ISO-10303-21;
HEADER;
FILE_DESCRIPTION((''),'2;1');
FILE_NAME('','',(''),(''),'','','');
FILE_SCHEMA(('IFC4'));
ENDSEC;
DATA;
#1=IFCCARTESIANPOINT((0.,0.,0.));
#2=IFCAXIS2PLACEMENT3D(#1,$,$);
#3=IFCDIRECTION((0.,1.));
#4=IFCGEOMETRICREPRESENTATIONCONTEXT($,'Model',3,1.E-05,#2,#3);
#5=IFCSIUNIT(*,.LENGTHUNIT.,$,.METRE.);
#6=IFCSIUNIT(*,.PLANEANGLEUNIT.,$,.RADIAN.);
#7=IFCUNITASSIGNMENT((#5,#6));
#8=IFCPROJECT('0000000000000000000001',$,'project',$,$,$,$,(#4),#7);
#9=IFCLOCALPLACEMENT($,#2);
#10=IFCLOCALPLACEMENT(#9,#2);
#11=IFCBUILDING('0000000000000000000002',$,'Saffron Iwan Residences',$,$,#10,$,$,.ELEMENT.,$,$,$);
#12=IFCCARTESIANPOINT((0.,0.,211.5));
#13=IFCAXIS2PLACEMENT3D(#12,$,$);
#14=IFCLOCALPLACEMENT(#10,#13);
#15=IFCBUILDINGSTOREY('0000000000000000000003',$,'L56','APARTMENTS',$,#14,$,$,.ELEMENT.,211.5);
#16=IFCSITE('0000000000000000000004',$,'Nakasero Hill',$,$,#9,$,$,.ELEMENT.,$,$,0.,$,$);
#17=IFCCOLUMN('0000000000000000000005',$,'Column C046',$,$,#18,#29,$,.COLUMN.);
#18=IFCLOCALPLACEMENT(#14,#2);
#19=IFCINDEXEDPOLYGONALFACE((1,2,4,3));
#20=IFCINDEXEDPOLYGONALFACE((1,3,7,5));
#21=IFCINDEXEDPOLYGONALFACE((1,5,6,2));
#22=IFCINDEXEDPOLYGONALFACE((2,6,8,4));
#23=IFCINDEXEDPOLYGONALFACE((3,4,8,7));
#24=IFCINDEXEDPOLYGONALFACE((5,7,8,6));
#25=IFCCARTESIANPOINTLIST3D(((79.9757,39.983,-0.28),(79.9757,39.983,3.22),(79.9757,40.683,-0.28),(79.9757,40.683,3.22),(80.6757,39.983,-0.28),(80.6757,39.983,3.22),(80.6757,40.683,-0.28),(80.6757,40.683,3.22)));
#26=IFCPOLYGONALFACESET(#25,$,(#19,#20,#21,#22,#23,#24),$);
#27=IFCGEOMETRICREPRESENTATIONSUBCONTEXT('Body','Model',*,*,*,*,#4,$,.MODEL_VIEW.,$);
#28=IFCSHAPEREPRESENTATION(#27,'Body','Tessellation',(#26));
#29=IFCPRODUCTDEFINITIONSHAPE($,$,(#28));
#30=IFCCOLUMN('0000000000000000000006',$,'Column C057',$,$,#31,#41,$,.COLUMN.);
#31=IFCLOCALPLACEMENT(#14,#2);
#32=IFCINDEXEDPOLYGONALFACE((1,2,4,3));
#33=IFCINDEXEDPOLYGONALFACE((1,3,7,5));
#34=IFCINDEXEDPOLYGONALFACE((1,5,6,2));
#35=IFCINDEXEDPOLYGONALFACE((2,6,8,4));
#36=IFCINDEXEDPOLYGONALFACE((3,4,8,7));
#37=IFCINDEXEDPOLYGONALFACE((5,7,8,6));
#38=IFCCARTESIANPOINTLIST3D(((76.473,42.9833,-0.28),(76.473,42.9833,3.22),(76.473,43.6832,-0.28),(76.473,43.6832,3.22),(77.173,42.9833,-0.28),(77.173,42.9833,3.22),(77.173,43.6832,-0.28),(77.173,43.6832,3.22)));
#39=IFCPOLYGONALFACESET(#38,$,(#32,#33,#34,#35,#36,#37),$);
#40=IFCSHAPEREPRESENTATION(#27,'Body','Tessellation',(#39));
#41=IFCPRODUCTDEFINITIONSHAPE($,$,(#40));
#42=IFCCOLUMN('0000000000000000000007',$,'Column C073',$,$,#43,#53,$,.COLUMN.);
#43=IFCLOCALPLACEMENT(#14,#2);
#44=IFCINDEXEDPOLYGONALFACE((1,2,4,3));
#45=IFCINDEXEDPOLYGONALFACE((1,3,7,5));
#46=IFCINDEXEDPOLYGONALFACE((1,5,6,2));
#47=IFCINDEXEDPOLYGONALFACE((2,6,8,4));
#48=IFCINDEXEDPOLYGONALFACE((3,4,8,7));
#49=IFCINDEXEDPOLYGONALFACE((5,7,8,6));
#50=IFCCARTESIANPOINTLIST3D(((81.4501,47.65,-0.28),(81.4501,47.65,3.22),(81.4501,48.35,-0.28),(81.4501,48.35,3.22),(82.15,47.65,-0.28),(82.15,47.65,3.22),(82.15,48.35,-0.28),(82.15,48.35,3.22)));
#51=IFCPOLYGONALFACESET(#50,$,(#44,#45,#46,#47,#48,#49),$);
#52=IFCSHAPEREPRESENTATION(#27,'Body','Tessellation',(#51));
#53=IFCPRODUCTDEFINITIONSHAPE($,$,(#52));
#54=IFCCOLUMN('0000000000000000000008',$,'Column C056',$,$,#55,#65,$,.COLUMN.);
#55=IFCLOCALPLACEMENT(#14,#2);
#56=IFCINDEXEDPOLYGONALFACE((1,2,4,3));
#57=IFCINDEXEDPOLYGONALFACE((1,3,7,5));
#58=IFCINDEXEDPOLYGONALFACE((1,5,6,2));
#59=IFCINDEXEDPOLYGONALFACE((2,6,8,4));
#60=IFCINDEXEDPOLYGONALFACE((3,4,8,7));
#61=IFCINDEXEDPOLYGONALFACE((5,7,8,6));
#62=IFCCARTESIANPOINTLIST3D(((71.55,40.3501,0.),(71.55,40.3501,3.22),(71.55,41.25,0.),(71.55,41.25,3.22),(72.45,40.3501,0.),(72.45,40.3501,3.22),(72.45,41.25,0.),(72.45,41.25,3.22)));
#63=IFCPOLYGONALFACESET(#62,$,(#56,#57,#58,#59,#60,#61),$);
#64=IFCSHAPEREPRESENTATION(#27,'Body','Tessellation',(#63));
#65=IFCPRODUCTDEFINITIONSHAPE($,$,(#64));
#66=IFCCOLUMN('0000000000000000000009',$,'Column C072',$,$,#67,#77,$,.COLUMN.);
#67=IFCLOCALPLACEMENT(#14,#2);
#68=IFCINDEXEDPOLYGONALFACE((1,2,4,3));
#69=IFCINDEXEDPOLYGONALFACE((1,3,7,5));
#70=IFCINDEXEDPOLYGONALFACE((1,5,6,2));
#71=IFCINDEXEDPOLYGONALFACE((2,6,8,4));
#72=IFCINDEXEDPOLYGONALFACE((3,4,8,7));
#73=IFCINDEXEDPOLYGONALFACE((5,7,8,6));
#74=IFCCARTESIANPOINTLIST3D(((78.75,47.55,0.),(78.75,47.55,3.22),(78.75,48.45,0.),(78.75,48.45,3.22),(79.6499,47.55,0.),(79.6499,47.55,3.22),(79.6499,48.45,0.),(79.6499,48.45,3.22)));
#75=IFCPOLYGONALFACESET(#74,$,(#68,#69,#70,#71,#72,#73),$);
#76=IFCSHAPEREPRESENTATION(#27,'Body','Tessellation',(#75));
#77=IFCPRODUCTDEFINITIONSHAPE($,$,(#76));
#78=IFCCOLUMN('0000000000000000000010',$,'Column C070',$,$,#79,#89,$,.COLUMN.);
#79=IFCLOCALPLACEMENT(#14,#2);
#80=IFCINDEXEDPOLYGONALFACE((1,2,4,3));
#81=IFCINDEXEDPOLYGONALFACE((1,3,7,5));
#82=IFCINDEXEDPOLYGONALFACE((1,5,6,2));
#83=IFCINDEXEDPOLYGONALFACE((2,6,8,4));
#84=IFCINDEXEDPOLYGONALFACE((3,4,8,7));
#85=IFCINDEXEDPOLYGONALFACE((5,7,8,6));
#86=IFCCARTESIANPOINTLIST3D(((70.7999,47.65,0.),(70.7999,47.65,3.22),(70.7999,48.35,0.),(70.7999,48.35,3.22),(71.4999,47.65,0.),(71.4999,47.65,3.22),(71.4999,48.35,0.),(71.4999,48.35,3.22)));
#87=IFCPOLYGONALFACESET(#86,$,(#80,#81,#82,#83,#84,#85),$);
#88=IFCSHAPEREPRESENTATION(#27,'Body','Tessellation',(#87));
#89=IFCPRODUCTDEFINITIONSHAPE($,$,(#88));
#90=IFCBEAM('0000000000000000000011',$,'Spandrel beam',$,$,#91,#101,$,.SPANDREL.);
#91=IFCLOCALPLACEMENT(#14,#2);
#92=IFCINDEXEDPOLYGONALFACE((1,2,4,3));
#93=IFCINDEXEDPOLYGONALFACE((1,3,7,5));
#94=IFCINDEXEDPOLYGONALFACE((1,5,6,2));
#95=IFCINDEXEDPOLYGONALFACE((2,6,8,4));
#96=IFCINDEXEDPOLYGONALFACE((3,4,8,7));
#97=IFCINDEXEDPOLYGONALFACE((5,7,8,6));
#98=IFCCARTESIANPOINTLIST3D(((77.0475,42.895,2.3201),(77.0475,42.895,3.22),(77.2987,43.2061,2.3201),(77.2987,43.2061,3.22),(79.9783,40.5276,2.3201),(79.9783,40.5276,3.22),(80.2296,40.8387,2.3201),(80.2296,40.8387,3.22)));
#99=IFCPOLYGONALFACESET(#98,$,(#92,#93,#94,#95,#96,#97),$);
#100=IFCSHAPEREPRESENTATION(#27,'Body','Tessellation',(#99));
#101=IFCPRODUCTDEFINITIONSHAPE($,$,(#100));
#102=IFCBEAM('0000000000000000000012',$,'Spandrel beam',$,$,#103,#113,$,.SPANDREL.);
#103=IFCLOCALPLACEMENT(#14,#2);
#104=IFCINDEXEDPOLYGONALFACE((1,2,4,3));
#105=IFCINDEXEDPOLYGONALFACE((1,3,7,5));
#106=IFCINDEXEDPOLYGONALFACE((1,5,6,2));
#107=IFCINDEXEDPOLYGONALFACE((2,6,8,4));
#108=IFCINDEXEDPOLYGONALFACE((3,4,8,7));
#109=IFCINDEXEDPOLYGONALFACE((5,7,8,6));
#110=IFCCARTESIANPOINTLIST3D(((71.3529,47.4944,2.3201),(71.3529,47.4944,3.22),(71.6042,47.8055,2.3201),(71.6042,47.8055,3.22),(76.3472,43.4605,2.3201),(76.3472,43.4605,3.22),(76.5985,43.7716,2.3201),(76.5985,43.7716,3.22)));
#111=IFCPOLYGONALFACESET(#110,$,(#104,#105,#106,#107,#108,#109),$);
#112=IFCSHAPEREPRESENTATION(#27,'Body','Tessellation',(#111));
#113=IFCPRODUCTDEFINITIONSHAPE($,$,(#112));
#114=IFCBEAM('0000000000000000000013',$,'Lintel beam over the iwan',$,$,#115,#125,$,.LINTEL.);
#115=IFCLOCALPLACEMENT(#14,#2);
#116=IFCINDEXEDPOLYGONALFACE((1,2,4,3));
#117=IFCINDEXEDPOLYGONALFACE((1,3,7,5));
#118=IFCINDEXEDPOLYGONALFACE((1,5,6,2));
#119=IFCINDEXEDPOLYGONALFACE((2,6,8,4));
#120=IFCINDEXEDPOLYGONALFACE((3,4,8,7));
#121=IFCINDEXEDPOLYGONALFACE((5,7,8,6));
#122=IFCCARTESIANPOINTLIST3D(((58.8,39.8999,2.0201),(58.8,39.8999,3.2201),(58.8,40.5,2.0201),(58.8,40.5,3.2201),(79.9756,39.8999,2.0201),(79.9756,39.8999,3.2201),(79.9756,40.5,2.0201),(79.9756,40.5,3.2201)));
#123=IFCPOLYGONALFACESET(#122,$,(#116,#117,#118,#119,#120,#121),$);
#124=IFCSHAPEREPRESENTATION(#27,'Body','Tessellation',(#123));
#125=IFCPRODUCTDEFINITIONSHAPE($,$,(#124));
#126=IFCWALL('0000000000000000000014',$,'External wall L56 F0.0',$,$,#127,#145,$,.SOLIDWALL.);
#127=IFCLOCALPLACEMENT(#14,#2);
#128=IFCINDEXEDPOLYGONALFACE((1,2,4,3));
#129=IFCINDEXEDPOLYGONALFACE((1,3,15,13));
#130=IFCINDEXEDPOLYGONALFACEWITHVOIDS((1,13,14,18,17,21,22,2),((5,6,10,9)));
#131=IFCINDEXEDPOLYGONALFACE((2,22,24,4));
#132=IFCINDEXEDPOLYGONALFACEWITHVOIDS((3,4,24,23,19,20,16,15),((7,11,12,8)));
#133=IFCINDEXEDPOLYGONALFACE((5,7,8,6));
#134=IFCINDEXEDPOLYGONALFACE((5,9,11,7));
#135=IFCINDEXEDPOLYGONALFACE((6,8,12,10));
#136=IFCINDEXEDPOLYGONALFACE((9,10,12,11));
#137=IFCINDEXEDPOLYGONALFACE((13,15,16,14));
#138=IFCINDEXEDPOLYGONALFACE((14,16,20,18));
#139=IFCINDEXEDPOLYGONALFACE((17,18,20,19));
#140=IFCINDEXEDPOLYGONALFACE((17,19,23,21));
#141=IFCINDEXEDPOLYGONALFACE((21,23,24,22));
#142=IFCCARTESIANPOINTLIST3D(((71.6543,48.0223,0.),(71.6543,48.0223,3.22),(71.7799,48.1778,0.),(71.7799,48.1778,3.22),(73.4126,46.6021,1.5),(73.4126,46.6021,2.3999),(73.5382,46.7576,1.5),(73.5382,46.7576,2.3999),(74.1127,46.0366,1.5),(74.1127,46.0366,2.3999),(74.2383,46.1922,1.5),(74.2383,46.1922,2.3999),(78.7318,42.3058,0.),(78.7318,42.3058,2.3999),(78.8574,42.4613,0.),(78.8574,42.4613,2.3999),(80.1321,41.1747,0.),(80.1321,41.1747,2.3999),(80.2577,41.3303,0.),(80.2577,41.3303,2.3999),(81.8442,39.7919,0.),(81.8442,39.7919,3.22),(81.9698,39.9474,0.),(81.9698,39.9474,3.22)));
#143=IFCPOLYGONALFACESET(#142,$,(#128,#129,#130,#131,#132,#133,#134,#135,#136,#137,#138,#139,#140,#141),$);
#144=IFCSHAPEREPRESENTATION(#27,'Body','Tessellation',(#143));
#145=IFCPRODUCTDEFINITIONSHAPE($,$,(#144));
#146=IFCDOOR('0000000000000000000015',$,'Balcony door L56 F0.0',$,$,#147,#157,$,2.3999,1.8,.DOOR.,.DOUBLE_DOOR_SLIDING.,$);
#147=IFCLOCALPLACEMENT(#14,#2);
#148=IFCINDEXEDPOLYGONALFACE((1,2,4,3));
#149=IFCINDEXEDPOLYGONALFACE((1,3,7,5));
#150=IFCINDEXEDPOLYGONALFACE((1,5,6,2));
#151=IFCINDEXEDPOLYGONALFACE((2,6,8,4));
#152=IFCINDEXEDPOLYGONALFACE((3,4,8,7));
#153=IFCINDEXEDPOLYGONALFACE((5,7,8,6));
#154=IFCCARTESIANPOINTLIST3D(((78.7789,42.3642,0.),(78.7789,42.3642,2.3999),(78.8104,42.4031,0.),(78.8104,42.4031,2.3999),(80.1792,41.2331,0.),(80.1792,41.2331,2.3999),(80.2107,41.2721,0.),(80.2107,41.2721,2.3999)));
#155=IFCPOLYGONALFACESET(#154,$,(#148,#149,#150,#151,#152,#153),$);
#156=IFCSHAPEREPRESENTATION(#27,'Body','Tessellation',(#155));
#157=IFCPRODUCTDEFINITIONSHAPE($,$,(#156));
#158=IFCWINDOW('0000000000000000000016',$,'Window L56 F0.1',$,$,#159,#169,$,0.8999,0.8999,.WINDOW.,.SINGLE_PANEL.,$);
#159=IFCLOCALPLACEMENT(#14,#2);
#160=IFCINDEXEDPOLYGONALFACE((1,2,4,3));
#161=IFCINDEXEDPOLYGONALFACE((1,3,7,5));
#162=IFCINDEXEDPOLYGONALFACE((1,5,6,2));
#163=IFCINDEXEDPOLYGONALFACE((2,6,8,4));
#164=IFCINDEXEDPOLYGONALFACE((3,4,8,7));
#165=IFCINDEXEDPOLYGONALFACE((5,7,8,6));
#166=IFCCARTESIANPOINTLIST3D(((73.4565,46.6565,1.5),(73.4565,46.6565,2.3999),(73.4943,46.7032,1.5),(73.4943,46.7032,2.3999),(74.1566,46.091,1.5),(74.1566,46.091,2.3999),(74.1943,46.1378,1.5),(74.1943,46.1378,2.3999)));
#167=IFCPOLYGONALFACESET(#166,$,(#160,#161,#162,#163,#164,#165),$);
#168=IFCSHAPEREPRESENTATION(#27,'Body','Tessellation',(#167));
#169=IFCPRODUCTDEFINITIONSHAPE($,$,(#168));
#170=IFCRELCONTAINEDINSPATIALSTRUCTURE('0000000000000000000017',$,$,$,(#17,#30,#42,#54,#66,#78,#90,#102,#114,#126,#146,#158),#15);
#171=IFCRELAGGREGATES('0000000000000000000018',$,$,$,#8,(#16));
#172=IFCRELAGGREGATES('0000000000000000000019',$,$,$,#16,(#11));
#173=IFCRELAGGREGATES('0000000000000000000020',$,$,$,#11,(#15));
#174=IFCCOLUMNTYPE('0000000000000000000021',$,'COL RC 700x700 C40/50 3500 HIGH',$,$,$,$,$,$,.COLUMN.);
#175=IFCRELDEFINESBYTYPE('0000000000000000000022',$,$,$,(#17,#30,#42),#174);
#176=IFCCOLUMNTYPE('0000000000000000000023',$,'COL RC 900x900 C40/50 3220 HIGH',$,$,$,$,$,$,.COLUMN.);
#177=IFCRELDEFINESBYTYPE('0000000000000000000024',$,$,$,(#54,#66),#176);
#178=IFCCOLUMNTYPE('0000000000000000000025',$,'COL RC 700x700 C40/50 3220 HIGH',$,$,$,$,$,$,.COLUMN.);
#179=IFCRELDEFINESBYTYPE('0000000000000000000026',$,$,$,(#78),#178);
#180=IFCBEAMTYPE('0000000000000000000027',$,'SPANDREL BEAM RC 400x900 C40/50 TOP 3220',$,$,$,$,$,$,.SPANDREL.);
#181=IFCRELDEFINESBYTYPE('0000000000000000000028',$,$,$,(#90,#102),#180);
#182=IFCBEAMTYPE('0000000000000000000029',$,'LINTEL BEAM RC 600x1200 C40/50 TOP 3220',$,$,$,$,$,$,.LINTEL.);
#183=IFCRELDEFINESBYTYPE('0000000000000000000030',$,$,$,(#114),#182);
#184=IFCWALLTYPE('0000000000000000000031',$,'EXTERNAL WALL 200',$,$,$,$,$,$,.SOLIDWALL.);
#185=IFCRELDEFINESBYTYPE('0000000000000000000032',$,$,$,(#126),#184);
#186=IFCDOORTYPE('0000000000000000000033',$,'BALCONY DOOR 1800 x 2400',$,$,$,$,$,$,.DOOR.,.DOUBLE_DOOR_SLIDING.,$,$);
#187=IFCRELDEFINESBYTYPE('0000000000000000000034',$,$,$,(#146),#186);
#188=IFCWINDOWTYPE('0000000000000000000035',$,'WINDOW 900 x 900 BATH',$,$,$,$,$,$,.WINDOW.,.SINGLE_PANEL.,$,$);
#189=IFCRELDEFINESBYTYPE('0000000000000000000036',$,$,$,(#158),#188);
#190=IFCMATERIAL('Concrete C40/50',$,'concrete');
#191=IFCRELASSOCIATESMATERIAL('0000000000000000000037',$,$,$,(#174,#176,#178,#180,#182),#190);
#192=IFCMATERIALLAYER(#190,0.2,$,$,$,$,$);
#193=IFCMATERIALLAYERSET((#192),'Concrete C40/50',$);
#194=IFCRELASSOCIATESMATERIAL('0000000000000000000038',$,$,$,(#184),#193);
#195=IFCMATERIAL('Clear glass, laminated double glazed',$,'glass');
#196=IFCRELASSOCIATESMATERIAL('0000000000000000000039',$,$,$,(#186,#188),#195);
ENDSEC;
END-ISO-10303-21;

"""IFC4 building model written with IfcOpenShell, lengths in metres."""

from ifc_helpers import new_model, si_unit, direction, frame, frame_2d, origin, origin_2d, place, context, subcontext, project, spatial, rectangle, extrude, source, transform, mapped, material, layer, layer_set, material_profile, profile_set, type_object, element, fill, save


model = new_model("IFC4")

# Units and contexts
model_context = context("Model", 3, precision=1e-05, world=origin(), true_north=direction((0.0, 1.0)))
body_context = subcontext(model_context, "Body", "Model", "MODEL_VIEW")
ifc_project = project(units=[si_unit("LENGTHUNIT", "METRE"), si_unit("PLANEANGLEUNIT", "RADIAN")], contexts=[model_context])

# Site, building, storey
site_placement = place(None, origin())
site = spatial("IfcSite", under=ifc_project, at=site_placement, Name="Nakasero Hill", CompositionType="ELEMENT", RefElevation=0.0)
building_placement = place(site_placement, origin())
building = spatial("IfcBuilding", under=site, at=building_placement, Name="Saffron Iwan Residences", CompositionType="ELEMENT")
storey_placement = place(building_placement, frame((0.0, 0.0, 211.5)))
storey = spatial("IfcBuildingStorey", under=building, at=storey_placement, Name="L56", Description="APARTMENTS", CompositionType="ELEMENT", Elevation=211.5)

# Columns
ifc_material_1 = material(Name="Concrete C40/50", Category="concrete")
ifc_material_profile_1 = material_profile(ifc_material_1, rectangle(XDim=0.7, YDim=0.7, at=origin_2d()), Name="RC 700x700")
ifc_profile_set_1 = profile_set([ifc_material_profile_1], Name="Concrete C40/50")
column_type_1 = type_object("IfcColumnType", Name="COL RC 700x700 C40/50 3500 HIGH", PredefinedType="COLUMN", material=ifc_profile_set_1)
shared_shape_1 = source(origin(), body_context, "Body", "SweptSolid", [
    extrude(rectangle(XDim=0.7, YDim=0.7, at=origin_2d()), origin(), (0.0, 0.0, 1.0), 3.5),
])
for number, where, z_axis, x_axis, name in (
    (1, (80.3257, 40.333, -0.28), (0.0, 0.0, 1.0), (1.0, 0.0, 0.0), "Column C046"),
    (2, (76.823, 43.3333, -0.28), (0.0, 0.0, 1.0), (1.0, 0.0, 0.0), "Column C057"),
    (3, (81.8, 48.0, -0.28), (0.0, 0.0, 1.0), (1.0, 0.0, 0.0), "Column C073"),
):
    element("IfcColumn", number, at=place(storey_placement, frame(where, z_axis=z_axis, x_axis=x_axis)), inside=storey, type_object=column_type_1, Name=name, PredefinedType="COLUMN", context=body_context, shape_type="MappedRepresentation", body=[
        mapped(shared_shape_1, transform((0.0, 0.0, 0.0))),
    ])
ifc_material_profile_2 = material_profile(ifc_material_1, rectangle(XDim=0.8999, YDim=0.8999, at=origin_2d()), Name="RC 900x900")
ifc_profile_set_2 = profile_set([ifc_material_profile_2], Name="Concrete C40/50")
column_type_2 = type_object("IfcColumnType", Name="COL RC 900x900 C40/50 3220 HIGH", PredefinedType="COLUMN", material=ifc_profile_set_2)
shared_shape_2 = source(origin(), body_context, "Body", "SweptSolid", [
    extrude(rectangle(XDim=0.8999, YDim=0.8999, at=origin_2d()), origin(), (0.0, 0.0, 1.0), 3.22),
])
for number, where, z_axis, x_axis, name in (
    (4, (72.0, 40.8, 0.0), (0.0, 0.0, 1.0), (1.0, 0.0, 0.0), "Column C056"),
    (5, (79.2, 48.0, 0.0), (0.0, 0.0, 1.0), (1.0, 0.0, 0.0), "Column C072"),
):
    element("IfcColumn", number, at=place(storey_placement, frame(where, z_axis=z_axis, x_axis=x_axis)), inside=storey, type_object=column_type_2, Name=name, PredefinedType="COLUMN", context=body_context, shape_type="MappedRepresentation", body=[
        mapped(shared_shape_2, transform((0.0, 0.0, 0.0))),
    ])
ifc_material_profile_3 = material_profile(ifc_material_1, rectangle(XDim=0.7, YDim=0.7, at=origin_2d()), Name="RC 700x700")
ifc_profile_set_3 = profile_set([ifc_material_profile_3], Name="Concrete C40/50")
column_type_3 = type_object("IfcColumnType", Name="COL RC 700x700 C40/50 3220 HIGH", PredefinedType="COLUMN", material=ifc_profile_set_3)
shared_shape_3 = source(origin(), body_context, "Body", "SweptSolid", [
    extrude(rectangle(XDim=0.7, YDim=0.7, at=origin_2d()), origin(), (0.0, 0.0, 1.0), 3.22),
])
column_placement = place(storey_placement, frame((71.1499, 48.0, 0.0), z_axis=(0.0, 0.0, 1.0), x_axis=(1.0, 0.0, 0.0)))
element("IfcColumn", 6, at=column_placement, inside=storey, type_object=column_type_3, Name="Column C070", PredefinedType="COLUMN", context=body_context, shape_type="MappedRepresentation", body=[
    mapped(shared_shape_3, transform((0.0, 0.0, 0.0))),
])

# Beams
ifc_material_profile_4 = material_profile(ifc_material_1, rectangle(XDim=0.3999, YDim=0.8999, at=origin_2d()), Name="RC 400x900")
ifc_profile_set_4 = profile_set([ifc_material_profile_4], Name="Concrete C40/50")
beam_type_1 = type_object("IfcBeamType", Name="SPANDREL BEAM RC 400x900 C40/50 TOP 3220", PredefinedType="SPANDREL", material=ifc_profile_set_4)
shared_shape_4 = source(origin(), body_context, "Body", "SweptSolid", [
    extrude(rectangle(XDim=0.3999, YDim=0.8999, at=origin_2d()), origin(), (0.0, 0.0, 1.0), 3.7676),
])
beam_1_placement = place(storey_placement, frame((77.1731, 43.0505, 2.77), z_axis=(0.77792, -0.628363, 0.0), x_axis=(0.628363, 0.77792, 0.0)))
element("IfcBeam", 7, at=beam_1_placement, inside=storey, type_object=beam_type_1, Name="Spandrel beam", PredefinedType="SPANDREL", context=body_context, shape_type="MappedRepresentation", body=[
    mapped(shared_shape_4, transform((0.0, 0.0, 0.0))),
])
shared_shape_5 = source(origin(), body_context, "Body", "SweptSolid", [
    extrude(rectangle(XDim=0.3999, YDim=0.8999, at=origin_2d()), origin(), (0.0, 0.0, 1.0), 6.4199),
])
beam_2_placement = place(storey_placement, frame((71.4785, 47.6499, 2.77), z_axis=(0.77794, -0.628338, 0.0), x_axis=(0.628338, 0.77794, 0.0)))
element("IfcBeam", 8, at=beam_2_placement, inside=storey, type_object=beam_type_1, Name="Spandrel beam", PredefinedType="SPANDREL", context=body_context, shape_type="MappedRepresentation", body=[
    mapped(shared_shape_5, transform((0.0, 0.0, 0.0))),
])
ifc_material_profile_5 = material_profile(ifc_material_1, rectangle(XDim=0.6001, YDim=1.2, at=origin_2d()), Name="RC 600x1200")
ifc_profile_set_5 = profile_set([ifc_material_profile_5], Name="Concrete C40/50")
beam_type_2 = type_object("IfcBeamType", Name="LINTEL BEAM RC 600x1200 C40/50 TOP 3220", PredefinedType="LINTEL", material=ifc_profile_set_5)
shared_shape_6 = source(origin(), body_context, "Body", "SweptSolid", [
    extrude(rectangle(XDim=0.6001, YDim=1.2, at=origin_2d()), origin(), (0.0, 0.0, 1.0), 21.1755),
])
beam_3_placement = place(storey_placement, frame((79.9756, 40.2, 2.6201), z_axis=(-1.0, 0.0, 0.0), x_axis=(0.0, -1.0, 0.0)))
element("IfcBeam", 9, at=beam_3_placement, inside=storey, type_object=beam_type_2, Name="Lintel beam over the iwan", PredefinedType="LINTEL", context=body_context, shape_type="MappedRepresentation", body=[
    mapped(shared_shape_6, transform((0.0, 0.0, 0.0))),
])

# Wall, openings, door, window
ifc_layer_1 = layer(ifc_material_1, 0.2)
ifc_layer_set_1 = layer_set([ifc_layer_1], Name="Concrete C40/50")
wall_type_1 = type_object("IfcWallType", Name="EXTERNAL WALL 200", PredefinedType="SOLIDWALL", material=ifc_layer_set_1)
wall_1_placement = place(storey_placement, frame((81.907, 39.8696, 0.0), z_axis=(0.0, 0.0, 1.0), x_axis=(-0.777936, 0.628343, 0.0)))
wall_1 = element("IfcWall", 10, at=wall_1_placement, inside=storey, type_object=wall_type_1, Name="External wall L56 F0.0", PredefinedType="SOLIDWALL", context=body_context, shape_type="SweptSolid", body=[
    extrude(rectangle(XDim=13.0986, YDim=0.2, at=frame_2d((6.5493, 0.0))), origin(), (0.0, 0.0, 1.0), 3.22),
])
opening_1_placement = place(wall_1_placement, frame((2.2009, 0.0, 0.0)))
opening_1 = element("IfcOpeningElement", 11, at=opening_1_placement, cuts=wall_1, PredefinedType="OPENING", context=body_context, shape_type="SweptSolid", body=[
    extrude(rectangle(XDim=1.8, YDim=2.3999, at=frame_2d((0.8999, 1.2))), frame((0.0, 0.1099, 0.0), z_axis=(0.0, -1.0, 0.0), x_axis=(1.0, 0.0, 0.0)), (0.0, 0.0, 1.0), 0.22),
])
opening_2_placement = place(wall_1_placement, frame((9.9385, 0.0, 1.5)))
opening_2 = element("IfcOpeningElement", 12, at=opening_2_placement, cuts=wall_1, PredefinedType="OPENING", context=body_context, shape_type="SweptSolid", body=[
    extrude(rectangle(XDim=0.8999, YDim=0.8999, at=frame_2d((0.45, 0.45))), frame((0.0, 0.1099, 0.0), z_axis=(0.0, -1.0, 0.0), x_axis=(1.0, 0.0, 0.0)), (0.0, 0.0, 1.0), 0.22),
])
ifc_material_2 = material(Name="Clear glass, laminated double glazed", Category="glass")
door_type_1 = type_object("IfcDoorType", Name="BALCONY DOOR 1800 x 2400", OperationType="DOUBLE_DOOR_SLIDING", PredefinedType="DOOR", material=ifc_material_2)
door_1_placement = place(opening_1_placement, origin())
door_1 = element("IfcDoor", 13, at=door_1_placement, inside=storey, type_object=door_type_1, Name="Balcony door L56 F0.0", OperationType="DOUBLE_DOOR_SLIDING", OverallHeight=2.3999, OverallWidth=1.8, PredefinedType="DOOR", context=body_context, shape_type="SweptSolid", body=[
    extrude(rectangle(XDim=1.8, YDim=2.3999, at=frame_2d((0.8999, 1.2))), frame((0.0, 0.0249, 0.0), z_axis=(0.0, -1.0, 0.0), x_axis=(1.0, 0.0, 0.0)), (0.0, 0.0, 1.0), 0.05),
])
fill(opening_1, door_1)
window_type = type_object("IfcWindowType", Name="WINDOW 900 x 900 BATH", PartitioningType="SINGLE_PANEL", PredefinedType="WINDOW", material=ifc_material_2)
window_placement = place(opening_2_placement, origin())
window = element("IfcWindow", 14, at=window_placement, inside=storey, type_object=window_type, Name="Window L56 F0.1", OverallHeight=0.8999, OverallWidth=0.8999, PartitioningType="SINGLE_PANEL", PredefinedType="WINDOW", context=body_context, shape_type="SweptSolid", body=[
    extrude(rectangle(XDim=0.8999, YDim=0.8999, at=frame_2d((0.45, 0.45))), frame((0.0, 0.03, 0.0), z_axis=(0.0, -1.0, 0.0), x_axis=(1.0, 0.0, 0.0)), (0.0, 0.0, 1.0), 0.0601),
])
fill(opening_2, window)

save(model, "model.ifc")
